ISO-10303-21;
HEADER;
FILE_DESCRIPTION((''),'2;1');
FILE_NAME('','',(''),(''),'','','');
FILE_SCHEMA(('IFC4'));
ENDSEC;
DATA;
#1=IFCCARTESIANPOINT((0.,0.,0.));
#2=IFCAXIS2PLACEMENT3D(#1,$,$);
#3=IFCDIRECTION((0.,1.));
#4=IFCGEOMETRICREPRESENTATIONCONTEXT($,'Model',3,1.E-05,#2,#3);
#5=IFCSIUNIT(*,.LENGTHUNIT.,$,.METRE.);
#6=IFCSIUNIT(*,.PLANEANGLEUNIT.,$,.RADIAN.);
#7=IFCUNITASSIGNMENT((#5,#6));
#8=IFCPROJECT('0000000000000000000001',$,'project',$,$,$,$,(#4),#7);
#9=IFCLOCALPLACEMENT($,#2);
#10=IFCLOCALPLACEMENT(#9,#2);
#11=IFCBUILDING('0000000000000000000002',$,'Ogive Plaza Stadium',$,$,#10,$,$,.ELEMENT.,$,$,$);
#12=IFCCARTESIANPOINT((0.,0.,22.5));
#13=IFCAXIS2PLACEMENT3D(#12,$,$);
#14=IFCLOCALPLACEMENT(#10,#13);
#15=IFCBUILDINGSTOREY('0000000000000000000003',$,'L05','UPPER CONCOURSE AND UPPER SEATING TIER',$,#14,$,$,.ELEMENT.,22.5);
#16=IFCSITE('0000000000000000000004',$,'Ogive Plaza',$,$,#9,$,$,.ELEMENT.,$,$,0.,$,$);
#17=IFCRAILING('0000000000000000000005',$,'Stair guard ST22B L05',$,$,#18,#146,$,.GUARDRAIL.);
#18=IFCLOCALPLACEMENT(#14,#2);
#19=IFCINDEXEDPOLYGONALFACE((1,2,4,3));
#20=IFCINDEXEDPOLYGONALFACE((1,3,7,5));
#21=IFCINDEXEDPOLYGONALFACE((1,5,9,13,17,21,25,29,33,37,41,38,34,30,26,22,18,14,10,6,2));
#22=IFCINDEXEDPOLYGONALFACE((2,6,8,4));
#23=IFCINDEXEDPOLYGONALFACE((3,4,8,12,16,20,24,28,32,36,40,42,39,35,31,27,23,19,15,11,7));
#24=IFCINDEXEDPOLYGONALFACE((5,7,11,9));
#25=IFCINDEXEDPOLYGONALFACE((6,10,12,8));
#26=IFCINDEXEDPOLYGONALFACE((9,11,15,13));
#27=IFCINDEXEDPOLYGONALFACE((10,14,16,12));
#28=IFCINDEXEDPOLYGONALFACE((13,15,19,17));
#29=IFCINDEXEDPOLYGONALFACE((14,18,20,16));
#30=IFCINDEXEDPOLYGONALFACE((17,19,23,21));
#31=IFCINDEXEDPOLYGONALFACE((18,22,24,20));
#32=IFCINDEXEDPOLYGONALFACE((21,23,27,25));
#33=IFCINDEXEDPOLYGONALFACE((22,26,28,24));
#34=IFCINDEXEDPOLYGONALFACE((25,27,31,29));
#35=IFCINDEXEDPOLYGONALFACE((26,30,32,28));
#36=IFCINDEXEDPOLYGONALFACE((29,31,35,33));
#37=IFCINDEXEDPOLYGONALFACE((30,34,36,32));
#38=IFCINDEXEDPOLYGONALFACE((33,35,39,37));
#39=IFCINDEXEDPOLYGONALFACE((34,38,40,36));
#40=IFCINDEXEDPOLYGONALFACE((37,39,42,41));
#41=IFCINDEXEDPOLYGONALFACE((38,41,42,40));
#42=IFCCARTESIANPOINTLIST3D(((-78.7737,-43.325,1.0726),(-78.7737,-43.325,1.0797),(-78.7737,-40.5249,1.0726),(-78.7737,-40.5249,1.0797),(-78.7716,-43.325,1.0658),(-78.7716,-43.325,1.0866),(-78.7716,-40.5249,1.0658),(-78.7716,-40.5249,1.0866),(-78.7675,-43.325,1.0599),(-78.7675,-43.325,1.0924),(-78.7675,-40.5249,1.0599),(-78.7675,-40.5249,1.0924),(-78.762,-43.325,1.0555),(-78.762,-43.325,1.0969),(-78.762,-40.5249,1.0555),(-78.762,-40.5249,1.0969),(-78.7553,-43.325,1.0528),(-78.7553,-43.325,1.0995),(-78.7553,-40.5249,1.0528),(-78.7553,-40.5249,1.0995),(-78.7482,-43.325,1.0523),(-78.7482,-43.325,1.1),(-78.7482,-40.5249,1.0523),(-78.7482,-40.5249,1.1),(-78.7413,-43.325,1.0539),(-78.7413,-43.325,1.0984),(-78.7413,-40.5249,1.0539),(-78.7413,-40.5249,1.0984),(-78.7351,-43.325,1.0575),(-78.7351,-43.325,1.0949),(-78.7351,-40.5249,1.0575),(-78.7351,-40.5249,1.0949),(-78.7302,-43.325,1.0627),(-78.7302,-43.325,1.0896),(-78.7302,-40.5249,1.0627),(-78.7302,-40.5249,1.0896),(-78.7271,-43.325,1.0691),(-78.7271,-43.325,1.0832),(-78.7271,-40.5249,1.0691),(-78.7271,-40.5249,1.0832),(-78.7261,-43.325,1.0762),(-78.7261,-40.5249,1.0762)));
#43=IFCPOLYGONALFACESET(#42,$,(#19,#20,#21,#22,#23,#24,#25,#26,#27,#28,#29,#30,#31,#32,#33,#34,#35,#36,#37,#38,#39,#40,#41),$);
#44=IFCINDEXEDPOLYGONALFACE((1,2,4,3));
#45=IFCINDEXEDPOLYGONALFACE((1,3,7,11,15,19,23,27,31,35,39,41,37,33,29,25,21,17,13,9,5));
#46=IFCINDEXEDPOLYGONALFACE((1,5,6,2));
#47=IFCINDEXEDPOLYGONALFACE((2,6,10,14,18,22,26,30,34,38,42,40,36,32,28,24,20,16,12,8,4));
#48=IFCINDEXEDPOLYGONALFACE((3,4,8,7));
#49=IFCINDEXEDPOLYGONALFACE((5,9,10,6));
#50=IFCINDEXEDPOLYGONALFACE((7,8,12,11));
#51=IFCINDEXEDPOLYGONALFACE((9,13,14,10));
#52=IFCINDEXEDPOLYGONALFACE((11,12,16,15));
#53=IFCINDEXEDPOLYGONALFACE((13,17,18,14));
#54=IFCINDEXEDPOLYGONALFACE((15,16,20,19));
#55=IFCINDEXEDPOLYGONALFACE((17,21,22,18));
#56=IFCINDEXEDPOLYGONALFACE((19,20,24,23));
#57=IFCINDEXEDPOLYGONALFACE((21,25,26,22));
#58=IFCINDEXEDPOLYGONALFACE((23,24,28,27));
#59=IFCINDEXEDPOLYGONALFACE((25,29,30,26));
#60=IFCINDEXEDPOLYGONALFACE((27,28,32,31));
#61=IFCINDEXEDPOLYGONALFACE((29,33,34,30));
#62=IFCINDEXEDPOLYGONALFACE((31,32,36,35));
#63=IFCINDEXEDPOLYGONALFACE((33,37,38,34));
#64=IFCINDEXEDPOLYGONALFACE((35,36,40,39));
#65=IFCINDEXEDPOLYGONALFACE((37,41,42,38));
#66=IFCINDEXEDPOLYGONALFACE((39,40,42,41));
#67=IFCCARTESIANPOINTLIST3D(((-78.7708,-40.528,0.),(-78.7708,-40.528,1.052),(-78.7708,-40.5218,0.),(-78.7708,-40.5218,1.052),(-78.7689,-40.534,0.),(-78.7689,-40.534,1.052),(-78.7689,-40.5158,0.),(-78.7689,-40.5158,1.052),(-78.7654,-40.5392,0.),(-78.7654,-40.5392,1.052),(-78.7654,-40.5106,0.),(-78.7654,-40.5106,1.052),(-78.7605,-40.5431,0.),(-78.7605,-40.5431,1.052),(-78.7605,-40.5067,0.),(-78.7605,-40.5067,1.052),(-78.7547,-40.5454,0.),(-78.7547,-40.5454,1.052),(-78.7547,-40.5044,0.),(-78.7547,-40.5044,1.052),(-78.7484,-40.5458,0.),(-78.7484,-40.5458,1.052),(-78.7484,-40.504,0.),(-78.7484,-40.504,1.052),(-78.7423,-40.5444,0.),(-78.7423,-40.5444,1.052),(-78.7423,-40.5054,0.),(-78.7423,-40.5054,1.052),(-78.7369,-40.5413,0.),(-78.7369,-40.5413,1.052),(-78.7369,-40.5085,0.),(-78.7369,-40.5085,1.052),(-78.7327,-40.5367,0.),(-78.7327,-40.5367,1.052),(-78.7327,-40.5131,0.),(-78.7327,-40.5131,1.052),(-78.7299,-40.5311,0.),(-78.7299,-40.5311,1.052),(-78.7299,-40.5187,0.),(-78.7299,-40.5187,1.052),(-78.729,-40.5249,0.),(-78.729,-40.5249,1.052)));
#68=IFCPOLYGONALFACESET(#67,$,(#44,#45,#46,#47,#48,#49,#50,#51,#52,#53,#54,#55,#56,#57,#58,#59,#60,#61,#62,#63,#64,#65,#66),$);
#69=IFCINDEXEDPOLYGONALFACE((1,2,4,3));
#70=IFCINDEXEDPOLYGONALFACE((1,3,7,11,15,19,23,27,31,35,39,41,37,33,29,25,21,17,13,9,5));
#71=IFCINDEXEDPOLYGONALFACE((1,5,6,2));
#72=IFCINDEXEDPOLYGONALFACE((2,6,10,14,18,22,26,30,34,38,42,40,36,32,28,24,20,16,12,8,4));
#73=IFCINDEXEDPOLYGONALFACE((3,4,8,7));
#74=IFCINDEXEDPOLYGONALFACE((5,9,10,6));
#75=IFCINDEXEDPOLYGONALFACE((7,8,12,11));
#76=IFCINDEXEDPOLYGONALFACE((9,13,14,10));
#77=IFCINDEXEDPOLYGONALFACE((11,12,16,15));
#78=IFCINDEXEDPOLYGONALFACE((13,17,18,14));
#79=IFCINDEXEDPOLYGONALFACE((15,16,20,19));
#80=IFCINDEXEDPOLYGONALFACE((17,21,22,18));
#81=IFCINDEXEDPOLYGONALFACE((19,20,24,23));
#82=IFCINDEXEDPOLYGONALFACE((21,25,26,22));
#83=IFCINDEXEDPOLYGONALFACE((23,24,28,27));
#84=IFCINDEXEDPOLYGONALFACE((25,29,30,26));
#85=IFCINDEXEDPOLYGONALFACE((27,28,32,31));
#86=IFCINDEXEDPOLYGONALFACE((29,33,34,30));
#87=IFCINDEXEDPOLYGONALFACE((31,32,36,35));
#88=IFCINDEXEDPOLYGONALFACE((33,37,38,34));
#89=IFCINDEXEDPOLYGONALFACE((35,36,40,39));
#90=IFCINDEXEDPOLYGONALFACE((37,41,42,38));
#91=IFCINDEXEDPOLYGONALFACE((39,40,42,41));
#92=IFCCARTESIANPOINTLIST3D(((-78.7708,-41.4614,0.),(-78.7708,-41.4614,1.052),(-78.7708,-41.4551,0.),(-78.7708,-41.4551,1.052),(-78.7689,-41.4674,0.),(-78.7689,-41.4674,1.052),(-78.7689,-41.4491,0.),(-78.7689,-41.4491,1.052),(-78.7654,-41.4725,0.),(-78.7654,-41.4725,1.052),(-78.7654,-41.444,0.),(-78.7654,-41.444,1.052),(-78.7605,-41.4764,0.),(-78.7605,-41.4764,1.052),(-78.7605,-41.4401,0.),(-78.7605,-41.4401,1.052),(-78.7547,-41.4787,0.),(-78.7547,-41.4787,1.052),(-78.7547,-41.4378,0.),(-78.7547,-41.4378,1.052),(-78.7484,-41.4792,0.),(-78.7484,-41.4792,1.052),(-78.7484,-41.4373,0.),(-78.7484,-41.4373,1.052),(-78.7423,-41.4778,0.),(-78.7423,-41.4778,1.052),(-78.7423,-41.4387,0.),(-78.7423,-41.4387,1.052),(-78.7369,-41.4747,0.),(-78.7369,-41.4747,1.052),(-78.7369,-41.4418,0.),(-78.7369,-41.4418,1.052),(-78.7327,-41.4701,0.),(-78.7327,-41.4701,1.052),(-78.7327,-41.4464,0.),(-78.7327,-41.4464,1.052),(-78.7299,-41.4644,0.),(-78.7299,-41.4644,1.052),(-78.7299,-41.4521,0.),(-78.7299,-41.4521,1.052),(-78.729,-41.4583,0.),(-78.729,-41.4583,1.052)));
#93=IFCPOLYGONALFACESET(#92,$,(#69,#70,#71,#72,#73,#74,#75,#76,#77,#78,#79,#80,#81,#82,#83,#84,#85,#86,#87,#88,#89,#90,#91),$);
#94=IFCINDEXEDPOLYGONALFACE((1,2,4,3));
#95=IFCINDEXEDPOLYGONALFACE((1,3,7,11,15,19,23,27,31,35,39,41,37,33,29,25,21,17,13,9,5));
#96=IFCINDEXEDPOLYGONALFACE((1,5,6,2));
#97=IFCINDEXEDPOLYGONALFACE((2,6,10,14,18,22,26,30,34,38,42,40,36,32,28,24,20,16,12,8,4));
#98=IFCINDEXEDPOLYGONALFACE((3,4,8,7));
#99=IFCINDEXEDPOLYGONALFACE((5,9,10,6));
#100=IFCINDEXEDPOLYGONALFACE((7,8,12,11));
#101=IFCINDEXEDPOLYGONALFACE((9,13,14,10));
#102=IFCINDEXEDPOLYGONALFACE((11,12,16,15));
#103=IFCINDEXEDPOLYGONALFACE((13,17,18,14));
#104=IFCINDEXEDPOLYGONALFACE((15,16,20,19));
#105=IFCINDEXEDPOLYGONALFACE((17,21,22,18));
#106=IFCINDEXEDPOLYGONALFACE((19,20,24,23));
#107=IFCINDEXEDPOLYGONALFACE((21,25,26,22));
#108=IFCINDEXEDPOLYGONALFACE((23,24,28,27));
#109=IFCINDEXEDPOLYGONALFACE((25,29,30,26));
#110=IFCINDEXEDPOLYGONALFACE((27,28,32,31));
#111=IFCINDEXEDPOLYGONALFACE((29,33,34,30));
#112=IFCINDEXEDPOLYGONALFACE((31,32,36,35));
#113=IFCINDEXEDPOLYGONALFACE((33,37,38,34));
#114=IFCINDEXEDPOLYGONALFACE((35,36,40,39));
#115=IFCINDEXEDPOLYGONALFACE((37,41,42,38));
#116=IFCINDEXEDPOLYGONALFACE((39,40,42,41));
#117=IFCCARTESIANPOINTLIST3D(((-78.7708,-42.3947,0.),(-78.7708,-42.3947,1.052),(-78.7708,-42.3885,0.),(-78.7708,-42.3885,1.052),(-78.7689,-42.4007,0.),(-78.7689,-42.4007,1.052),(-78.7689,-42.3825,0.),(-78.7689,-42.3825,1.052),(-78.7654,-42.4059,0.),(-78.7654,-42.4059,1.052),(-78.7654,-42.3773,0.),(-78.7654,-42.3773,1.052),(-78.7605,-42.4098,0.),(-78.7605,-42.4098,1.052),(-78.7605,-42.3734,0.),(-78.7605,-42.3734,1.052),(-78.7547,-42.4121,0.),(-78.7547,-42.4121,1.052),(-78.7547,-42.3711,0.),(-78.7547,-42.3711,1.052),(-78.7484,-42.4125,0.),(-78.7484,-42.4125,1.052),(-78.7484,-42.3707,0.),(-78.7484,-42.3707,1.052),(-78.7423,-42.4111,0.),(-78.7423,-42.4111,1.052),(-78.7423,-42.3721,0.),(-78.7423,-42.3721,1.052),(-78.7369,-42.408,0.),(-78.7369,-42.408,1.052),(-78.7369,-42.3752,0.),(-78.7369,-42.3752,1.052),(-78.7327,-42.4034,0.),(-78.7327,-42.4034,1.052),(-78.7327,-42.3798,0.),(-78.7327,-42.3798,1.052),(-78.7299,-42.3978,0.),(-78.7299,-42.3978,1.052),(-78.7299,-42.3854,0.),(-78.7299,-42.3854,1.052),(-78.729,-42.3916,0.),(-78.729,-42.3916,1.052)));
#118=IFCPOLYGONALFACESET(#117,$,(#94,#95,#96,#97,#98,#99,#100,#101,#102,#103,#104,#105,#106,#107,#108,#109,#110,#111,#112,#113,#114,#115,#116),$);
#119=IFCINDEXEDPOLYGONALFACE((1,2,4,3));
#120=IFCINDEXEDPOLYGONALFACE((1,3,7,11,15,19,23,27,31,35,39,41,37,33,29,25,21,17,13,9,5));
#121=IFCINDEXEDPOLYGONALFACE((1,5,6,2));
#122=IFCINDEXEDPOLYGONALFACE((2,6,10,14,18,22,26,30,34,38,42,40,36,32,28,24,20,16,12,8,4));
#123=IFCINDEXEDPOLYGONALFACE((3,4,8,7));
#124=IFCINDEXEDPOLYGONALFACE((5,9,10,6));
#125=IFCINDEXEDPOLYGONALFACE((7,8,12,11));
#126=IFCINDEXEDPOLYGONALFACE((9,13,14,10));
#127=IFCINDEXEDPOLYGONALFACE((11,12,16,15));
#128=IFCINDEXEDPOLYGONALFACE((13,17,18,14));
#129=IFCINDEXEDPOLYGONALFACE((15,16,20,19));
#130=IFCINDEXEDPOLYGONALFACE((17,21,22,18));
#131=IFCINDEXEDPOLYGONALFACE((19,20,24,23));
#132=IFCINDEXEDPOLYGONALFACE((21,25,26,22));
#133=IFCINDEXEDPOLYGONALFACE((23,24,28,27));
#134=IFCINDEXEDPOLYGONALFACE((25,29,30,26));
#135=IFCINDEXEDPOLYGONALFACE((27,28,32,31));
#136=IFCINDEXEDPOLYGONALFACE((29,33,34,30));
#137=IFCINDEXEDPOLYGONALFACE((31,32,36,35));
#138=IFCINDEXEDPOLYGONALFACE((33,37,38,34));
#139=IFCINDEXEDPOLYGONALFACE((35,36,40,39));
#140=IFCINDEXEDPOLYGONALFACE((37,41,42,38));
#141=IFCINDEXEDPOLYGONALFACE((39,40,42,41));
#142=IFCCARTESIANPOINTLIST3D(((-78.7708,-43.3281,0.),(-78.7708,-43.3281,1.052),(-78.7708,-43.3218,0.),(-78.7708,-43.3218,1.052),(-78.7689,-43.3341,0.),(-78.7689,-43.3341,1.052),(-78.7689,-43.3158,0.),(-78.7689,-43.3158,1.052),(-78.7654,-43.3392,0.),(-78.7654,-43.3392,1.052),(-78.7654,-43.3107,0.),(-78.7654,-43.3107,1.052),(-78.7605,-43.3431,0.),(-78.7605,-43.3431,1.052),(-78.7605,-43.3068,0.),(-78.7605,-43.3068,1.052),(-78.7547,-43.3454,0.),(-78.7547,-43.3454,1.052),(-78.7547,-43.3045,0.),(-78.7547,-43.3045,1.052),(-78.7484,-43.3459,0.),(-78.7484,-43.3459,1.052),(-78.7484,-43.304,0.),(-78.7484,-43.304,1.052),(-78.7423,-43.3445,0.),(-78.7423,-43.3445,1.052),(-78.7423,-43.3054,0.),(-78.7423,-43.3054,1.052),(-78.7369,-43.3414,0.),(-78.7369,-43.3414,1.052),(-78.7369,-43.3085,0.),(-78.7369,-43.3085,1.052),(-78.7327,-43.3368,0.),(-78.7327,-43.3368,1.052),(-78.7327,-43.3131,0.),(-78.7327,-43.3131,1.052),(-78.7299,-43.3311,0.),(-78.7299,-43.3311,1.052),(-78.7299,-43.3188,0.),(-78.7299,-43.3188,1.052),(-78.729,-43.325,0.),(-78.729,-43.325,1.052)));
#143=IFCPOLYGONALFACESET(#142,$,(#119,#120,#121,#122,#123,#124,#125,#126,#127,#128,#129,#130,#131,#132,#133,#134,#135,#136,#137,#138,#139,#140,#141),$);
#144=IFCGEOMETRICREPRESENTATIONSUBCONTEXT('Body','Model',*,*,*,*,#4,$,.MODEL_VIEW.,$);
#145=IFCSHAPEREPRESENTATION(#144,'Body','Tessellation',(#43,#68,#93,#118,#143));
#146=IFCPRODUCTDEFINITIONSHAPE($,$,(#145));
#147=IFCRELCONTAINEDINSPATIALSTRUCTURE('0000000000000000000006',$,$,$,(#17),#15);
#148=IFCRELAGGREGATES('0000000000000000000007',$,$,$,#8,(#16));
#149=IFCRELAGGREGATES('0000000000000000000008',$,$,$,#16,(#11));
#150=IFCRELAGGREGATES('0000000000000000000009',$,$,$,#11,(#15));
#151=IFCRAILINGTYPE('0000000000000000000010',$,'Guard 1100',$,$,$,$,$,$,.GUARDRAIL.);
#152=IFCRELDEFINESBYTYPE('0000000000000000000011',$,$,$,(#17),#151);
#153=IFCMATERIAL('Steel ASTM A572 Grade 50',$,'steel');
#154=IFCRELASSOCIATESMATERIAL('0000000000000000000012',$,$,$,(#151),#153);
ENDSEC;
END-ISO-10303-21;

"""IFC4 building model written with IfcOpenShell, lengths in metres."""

from ifc_helpers import new_model, si_unit, direction, frame, origin, origin_2d, place, context, subcontext, project, spatial, circle, extrude, material, type_object, element, save


model = new_model("IFC4")

# Units and contexts
model_context = context("Model", 3, precision=1e-05, world=origin(), true_north=direction((0.0, 1.0)))
body_context = subcontext(model_context, "Body", "Model", "MODEL_VIEW")
ifc_project = project(units=[si_unit("LENGTHUNIT", "METRE"), si_unit("PLANEANGLEUNIT", "RADIAN")], contexts=[model_context])

# Site, building, storey
site_placement = place(None, origin())
site = spatial("IfcSite", under=ifc_project, at=site_placement, Name="Ogive Plaza", CompositionType="ELEMENT", RefElevation=0.0)
building_placement = place(site_placement, origin())
building = spatial("IfcBuilding", under=site, at=building_placement, Name="Ogive Plaza Stadium", CompositionType="ELEMENT")
storey_placement = place(building_placement, frame((0.0, 0.0, 22.5)))
storey = spatial("IfcBuildingStorey", under=building, at=storey_placement, Name="L05", Description="UPPER CONCOURSE AND UPPER SEATING TIER", CompositionType="ELEMENT", Elevation=22.5)

# Railing
ifc_material_1 = material(Name="Steel ASTM A572 Grade 50", Category="steel")
railing_type = type_object("IfcRailingType", Name="Guard 1100", PredefinedType="GUARDRAIL", material=ifc_material_1)
for number, where, name in (
    (1, (-78.75, -40.5249, 0.0), "Stair guard ST22B L05"),
):
    element("IfcRailing", number, at=place(storey_placement, frame(where)), inside=storey, type_object=railing_type, Name=name, PredefinedType="GUARDRAIL", context=body_context, shape_type="SweptSolid", body=[
        extrude(circle(Radius=0.0239, at=origin_2d()), frame((0.0, 0.0, 1.0762), z_axis=(0.0, -1.0, 0.0), x_axis=(1.0, 0.0, 0.0)), (0.0, 0.0, 1.0), 2.8),
        extrude(circle(Radius=0.021, at=origin_2d()), origin(), (0.0, 0.0, 1.0), 1.052),
        extrude(circle(Radius=0.021, at=origin_2d()), frame((0.0, -0.9333, 0.0)), (0.0, 0.0, 1.0), 1.052),
        extrude(circle(Radius=0.021, at=origin_2d()), frame((0.0, -1.8667, 0.0)), (0.0, 0.0, 1.0), 1.052),
        extrude(circle(Radius=0.021, at=origin_2d()), frame((0.0, -2.8, 0.0)), (0.0, 0.0, 1.0), 1.052),
    ])

save(model, "model.ifc")
